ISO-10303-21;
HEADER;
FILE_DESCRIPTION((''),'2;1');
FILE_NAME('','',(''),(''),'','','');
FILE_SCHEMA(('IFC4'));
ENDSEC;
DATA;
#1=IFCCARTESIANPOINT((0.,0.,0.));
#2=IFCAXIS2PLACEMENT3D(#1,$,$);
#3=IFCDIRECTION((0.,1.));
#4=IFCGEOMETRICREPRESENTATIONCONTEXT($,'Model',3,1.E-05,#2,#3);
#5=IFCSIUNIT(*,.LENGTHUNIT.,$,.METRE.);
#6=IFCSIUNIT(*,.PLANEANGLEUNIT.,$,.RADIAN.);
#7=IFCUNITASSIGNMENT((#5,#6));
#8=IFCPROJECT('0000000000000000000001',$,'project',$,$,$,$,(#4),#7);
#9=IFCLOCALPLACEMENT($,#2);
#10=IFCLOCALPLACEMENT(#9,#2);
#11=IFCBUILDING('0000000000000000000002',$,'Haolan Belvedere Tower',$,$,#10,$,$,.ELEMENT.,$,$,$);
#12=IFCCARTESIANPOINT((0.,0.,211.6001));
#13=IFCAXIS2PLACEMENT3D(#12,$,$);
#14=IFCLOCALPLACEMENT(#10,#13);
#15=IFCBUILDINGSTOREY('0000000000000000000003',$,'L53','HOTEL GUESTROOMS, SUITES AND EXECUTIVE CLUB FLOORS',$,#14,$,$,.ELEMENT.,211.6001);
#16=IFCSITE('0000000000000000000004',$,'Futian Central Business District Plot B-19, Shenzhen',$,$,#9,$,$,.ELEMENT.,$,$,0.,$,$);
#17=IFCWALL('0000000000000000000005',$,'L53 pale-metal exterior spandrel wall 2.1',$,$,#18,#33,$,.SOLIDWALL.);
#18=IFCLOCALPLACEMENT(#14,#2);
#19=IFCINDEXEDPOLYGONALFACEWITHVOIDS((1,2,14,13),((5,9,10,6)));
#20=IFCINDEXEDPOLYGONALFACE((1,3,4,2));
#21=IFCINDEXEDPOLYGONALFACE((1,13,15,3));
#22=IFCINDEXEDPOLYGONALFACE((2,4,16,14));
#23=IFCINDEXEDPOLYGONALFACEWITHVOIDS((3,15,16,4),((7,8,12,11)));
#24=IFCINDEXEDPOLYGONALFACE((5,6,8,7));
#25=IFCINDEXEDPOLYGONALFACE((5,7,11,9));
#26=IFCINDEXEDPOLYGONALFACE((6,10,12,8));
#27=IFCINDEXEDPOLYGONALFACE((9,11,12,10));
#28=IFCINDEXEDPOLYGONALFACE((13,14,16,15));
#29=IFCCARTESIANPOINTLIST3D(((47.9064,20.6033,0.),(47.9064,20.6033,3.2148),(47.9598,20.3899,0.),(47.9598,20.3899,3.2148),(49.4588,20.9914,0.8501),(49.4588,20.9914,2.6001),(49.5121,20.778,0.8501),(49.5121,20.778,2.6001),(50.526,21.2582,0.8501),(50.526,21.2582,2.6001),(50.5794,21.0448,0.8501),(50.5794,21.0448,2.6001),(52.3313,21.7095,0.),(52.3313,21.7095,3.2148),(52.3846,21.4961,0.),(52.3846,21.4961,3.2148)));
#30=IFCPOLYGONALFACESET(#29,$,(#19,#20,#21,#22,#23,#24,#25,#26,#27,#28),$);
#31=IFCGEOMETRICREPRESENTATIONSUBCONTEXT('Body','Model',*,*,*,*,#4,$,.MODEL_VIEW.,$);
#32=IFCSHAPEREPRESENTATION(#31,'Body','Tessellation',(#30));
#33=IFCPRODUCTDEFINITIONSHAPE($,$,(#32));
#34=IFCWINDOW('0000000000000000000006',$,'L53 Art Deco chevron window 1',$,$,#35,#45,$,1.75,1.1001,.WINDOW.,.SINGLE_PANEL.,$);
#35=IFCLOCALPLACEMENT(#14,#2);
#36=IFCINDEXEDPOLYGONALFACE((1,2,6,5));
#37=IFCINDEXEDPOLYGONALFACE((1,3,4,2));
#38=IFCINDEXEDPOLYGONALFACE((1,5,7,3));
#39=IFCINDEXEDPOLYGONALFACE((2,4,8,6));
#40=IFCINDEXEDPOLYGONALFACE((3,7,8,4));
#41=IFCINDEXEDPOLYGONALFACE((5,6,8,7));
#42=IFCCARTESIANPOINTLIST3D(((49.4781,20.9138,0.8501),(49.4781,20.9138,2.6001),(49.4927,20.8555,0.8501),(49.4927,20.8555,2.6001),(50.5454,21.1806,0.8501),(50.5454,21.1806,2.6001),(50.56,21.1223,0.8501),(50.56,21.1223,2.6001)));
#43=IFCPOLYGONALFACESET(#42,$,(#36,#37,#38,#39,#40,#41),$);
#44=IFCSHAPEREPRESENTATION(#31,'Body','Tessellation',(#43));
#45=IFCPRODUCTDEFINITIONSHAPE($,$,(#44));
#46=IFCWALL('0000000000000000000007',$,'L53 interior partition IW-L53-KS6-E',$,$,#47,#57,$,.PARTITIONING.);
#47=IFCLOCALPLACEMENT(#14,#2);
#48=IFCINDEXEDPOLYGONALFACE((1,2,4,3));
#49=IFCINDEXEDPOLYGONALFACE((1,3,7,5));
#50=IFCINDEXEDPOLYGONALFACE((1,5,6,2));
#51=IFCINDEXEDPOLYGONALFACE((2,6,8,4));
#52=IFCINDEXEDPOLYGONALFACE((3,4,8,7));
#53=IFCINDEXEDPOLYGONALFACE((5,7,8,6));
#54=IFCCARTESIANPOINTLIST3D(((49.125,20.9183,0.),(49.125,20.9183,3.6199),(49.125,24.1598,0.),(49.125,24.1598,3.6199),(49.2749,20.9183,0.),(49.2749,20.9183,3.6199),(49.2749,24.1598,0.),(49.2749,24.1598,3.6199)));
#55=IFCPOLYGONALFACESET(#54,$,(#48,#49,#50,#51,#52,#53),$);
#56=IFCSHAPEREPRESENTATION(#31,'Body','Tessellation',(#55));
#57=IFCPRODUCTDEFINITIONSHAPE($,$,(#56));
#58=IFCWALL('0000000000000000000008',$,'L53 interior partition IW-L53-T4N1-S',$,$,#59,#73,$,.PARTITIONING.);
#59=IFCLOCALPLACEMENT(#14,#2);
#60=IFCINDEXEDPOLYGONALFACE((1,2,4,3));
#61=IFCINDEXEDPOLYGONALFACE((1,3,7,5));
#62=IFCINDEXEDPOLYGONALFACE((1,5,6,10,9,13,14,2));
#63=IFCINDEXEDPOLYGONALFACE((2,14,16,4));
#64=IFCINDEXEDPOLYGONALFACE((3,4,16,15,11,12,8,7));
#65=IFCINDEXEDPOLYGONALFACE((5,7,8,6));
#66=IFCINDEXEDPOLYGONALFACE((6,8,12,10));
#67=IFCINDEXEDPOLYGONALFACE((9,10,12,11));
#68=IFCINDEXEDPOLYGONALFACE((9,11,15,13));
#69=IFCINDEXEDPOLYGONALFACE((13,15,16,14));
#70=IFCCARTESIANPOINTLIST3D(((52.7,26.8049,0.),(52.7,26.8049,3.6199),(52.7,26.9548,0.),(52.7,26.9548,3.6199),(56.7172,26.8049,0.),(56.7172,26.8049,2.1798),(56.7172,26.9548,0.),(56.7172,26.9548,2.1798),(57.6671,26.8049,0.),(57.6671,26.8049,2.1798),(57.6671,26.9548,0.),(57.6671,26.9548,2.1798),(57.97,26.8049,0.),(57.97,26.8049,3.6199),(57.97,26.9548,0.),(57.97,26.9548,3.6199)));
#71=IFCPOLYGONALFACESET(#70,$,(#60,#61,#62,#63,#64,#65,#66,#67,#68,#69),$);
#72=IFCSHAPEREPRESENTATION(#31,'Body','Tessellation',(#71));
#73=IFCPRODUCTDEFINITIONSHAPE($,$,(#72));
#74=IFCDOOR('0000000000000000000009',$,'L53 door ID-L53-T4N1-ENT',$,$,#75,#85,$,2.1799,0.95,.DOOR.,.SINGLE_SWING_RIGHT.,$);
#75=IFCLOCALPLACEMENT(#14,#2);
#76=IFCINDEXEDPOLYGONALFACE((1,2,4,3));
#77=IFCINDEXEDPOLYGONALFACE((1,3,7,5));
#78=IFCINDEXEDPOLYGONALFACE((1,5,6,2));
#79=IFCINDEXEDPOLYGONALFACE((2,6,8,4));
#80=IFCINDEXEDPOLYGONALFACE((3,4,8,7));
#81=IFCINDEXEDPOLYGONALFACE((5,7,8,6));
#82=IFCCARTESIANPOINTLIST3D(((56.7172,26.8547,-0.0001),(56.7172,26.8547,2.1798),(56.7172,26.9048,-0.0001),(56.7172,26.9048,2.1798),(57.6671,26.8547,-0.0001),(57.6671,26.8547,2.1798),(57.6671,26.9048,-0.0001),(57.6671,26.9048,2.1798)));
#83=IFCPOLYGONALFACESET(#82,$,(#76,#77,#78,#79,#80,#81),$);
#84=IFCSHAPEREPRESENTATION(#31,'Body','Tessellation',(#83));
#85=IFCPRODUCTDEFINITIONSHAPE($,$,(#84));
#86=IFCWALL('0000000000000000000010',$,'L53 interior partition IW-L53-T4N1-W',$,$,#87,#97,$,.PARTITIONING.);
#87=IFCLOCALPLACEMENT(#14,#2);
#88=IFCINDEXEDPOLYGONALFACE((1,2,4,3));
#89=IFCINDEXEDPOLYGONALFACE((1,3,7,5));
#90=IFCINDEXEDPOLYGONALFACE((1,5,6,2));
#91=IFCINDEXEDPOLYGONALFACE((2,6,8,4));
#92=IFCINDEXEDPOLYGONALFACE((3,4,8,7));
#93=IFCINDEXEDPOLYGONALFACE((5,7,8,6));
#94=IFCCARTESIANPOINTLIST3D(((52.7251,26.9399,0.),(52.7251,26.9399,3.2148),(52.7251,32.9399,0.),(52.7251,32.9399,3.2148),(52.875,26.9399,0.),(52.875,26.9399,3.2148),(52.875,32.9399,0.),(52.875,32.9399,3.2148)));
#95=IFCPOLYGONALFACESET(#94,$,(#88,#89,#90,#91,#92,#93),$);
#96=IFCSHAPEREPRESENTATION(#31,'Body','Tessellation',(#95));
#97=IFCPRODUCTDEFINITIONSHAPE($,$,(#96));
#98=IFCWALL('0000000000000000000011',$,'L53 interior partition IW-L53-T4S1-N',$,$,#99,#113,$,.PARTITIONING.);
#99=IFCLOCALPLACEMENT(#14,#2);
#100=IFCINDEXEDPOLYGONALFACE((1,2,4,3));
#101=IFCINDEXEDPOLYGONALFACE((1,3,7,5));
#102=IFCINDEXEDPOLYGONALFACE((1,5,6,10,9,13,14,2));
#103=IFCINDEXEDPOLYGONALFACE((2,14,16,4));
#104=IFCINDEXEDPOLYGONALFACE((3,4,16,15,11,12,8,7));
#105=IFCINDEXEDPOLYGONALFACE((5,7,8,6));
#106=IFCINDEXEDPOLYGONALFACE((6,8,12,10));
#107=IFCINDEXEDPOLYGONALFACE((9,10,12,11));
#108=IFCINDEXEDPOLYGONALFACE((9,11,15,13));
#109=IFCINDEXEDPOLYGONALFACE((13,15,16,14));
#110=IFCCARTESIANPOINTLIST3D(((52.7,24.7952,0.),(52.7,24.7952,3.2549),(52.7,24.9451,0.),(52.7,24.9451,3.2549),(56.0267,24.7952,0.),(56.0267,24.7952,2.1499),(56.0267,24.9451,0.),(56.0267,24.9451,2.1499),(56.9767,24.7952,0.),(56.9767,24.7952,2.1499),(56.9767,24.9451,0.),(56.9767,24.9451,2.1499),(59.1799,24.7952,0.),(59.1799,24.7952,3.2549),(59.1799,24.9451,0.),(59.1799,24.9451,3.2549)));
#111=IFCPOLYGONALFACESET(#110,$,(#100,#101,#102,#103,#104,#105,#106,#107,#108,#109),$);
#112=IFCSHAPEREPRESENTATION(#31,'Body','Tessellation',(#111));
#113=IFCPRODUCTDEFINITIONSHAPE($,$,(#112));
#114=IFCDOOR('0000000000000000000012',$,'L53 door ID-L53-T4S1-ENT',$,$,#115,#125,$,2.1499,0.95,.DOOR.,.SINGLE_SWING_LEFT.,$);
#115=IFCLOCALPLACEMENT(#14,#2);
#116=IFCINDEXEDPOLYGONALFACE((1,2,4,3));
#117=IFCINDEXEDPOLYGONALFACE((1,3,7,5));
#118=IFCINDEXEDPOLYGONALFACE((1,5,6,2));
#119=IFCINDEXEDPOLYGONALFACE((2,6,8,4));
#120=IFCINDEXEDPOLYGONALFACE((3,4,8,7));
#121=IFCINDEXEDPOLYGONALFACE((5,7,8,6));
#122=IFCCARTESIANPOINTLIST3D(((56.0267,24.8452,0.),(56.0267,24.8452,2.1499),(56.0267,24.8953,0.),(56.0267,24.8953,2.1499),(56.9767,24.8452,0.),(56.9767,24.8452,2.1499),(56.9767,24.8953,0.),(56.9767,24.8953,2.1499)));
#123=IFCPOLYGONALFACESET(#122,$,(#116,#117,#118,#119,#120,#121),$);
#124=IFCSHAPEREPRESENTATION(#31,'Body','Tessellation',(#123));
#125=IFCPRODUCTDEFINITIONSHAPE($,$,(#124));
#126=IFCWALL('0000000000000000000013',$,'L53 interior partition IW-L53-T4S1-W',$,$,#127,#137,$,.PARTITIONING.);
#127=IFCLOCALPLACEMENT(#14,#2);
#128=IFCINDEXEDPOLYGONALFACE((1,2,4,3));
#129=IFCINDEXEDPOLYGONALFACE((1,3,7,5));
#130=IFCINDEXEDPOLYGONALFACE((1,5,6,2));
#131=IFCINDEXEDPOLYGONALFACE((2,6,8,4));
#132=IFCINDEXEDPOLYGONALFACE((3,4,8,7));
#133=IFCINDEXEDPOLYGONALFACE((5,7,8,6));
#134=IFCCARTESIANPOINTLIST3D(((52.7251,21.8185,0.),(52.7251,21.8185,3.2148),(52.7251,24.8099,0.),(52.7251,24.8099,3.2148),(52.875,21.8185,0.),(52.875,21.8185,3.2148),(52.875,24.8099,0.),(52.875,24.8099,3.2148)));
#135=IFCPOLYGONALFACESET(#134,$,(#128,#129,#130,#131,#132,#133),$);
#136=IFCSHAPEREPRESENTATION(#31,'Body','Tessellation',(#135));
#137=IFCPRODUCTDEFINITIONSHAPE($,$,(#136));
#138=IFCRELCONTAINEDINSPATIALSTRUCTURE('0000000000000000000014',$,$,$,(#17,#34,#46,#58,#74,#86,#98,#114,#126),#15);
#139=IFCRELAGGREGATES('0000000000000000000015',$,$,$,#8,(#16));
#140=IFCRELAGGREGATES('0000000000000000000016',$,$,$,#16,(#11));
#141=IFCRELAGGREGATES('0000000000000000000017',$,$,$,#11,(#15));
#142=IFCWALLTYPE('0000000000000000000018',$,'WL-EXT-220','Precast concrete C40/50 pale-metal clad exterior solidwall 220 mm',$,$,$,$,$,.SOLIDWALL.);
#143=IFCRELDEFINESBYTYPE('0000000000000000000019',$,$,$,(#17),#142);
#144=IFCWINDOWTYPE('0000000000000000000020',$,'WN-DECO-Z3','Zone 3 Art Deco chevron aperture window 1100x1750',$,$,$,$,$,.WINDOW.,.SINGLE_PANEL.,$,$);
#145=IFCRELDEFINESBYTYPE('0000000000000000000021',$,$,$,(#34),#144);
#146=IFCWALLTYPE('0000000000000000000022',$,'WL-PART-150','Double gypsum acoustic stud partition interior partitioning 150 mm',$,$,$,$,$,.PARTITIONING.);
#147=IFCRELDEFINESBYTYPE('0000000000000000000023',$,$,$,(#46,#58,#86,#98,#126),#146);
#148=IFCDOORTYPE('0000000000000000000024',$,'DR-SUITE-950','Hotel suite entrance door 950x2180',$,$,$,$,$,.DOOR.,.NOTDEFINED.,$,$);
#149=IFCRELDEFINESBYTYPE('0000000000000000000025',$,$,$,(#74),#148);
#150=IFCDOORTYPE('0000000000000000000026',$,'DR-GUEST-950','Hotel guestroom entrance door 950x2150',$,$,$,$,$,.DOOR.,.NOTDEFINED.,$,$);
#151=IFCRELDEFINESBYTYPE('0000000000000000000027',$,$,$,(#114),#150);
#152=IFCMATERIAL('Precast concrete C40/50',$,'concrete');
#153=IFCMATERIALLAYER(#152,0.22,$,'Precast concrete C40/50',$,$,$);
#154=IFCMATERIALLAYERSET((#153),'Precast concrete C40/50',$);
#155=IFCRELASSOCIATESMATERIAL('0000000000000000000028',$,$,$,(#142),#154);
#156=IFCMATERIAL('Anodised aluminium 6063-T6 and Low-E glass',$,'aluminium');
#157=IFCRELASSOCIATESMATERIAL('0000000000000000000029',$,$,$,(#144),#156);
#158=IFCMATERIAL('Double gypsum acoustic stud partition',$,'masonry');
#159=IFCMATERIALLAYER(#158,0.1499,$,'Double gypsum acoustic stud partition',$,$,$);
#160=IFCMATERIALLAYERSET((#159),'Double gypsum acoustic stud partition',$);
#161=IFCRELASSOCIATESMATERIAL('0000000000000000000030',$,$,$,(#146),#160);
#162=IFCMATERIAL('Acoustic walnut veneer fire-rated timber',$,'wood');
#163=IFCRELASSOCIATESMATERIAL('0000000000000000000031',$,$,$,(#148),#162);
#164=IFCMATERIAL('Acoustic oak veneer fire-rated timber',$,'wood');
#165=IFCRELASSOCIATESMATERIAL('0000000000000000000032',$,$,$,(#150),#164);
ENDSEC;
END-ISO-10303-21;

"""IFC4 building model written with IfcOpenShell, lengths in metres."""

from ifc_helpers import new_model, si_unit, direction, frame, frame_2d, origin, place, context, subcontext, project, spatial, rectangle, extrude, material, layer, layer_set, type_object, element, fill, save


model = new_model("IFC4")

# Units and contexts
model_context = context("Model", 3, precision=1e-05, world=origin(), true_north=direction((0.0, 1.0)))
body_context = subcontext(model_context, "Body", "Model", "MODEL_VIEW")
ifc_project = project(units=[si_unit("LENGTHUNIT", "METRE"), si_unit("PLANEANGLEUNIT", "RADIAN")], contexts=[model_context])

# Site, building, storey
site_placement = place(None, origin())
site = spatial("IfcSite", under=ifc_project, at=site_placement, Name="Futian Central Business District Plot B-19, Shenzhen", CompositionType="ELEMENT", RefElevation=0.0)
building_placement = place(site_placement, origin())
building = spatial("IfcBuilding", under=site, at=building_placement, Name="Haolan Belvedere Tower", CompositionType="ELEMENT")
storey_placement = place(building_placement, frame((0.0, 0.0, 211.6001)))
storey = spatial("IfcBuildingStorey", under=building, at=storey_placement, Name="L53", Description="HOTEL GUESTROOMS, SUITES AND EXECUTIVE CLUB FLOORS", CompositionType="ELEMENT", Elevation=211.6001)

# Wall, opening, window
ifc_material_1 = material(Name="Precast concrete C40/50", Category="concrete")
ifc_layer_1 = layer(ifc_material_1, 0.22, Name="Precast concrete C40/50")
ifc_layer_set_1 = layer_set([ifc_layer_1], Name="Precast concrete C40/50")
wall_type_1 = type_object("IfcWallType", Name="WL-EXT-220", Description="Precast concrete C40/50 pale-metal clad exterior solidwall 220 mm", PredefinedType="SOLIDWALL", material=ifc_layer_set_1)
wall_1_placement = place(storey_placement, frame((47.9331, 20.4966, 0.0), z_axis=(0.0, 0.0, 1.0), x_axis=(0.970143, 0.242536, 0.0)))
wall_1 = element("IfcWall", 1, at=wall_1_placement, inside=storey, type_object=wall_type_1, Name="L53 pale-metal exterior spandrel wall 2.1", PredefinedType="SOLIDWALL", context=body_context, shape_type="SweptSolid", body=[
    extrude(rectangle(XDim=4.561, YDim=0.22, at=frame_2d((2.2805, 0.0))), origin(), (0.0, 0.0, 1.0), 3.2148),
])
opening_1_placement = place(wall_1_placement, frame((1.6001, 0.0, 0.8501)))
opening_1 = element("IfcOpeningElement", 2, at=opening_1_placement, cuts=wall_1, PredefinedType="OPENING", context=body_context, shape_type="SweptSolid", body=[
    extrude(rectangle(XDim=1.1001, YDim=1.75, at=frame_2d((0.55, 0.875))), frame((0.0, 0.1199, 0.0), z_axis=(0.0, -1.0, 0.0), x_axis=(1.0, 0.0, 0.0)), (0.0, 0.0, 1.0), 0.24),
])
ifc_material_2 = material(Name="Anodised aluminium 6063-T6 and Low-E glass", Category="aluminium")
window_type = type_object("IfcWindowType", Name="WN-DECO-Z3", Description="Zone 3 Art Deco chevron aperture window 1100x1750", PartitioningType="SINGLE_PANEL", PredefinedType="WINDOW", material=ifc_material_2)
window_placement = place(opening_1_placement, origin())
window = element("IfcWindow", 3, at=window_placement, inside=storey, type_object=window_type, Name="L53 Art Deco chevron window 1", OverallHeight=1.75, OverallWidth=1.1001, PartitioningType="SINGLE_PANEL", PredefinedType="WINDOW", context=body_context, shape_type="SweptSolid", body=[
    extrude(rectangle(XDim=1.1001, YDim=1.75, at=frame_2d((0.55, 0.875))), frame((0.0, 0.03, 0.0), z_axis=(0.0, -1.0, 0.0), x_axis=(1.0, 0.0, 0.0)), (0.0, 0.0, 1.0), 0.0601),
])
fill(opening_1, window)

# Shared definitions
ifc_material_3 = material(Name="Double gypsum acoustic stud partition", Category="masonry")
ifc_layer_2 = layer(ifc_material_3, 0.1499, Name="Double gypsum acoustic stud partition")
ifc_layer_set_2 = layer_set([ifc_layer_2], Name="Double gypsum acoustic stud partition")
wall_type_2 = type_object("IfcWallType", Name="WL-PART-150", Description="Double gypsum acoustic stud partition interior partitioning 150 mm", PredefinedType="PARTITIONING", material=ifc_layer_set_2)

# Wall
wall_2_placement = place(storey_placement, frame((49.2, 20.9185, 0.0), z_axis=(0.0, 0.0, 1.0), x_axis=(0.0, 1.0, 0.0)))
element("IfcWall", 4, at=wall_2_placement, inside=storey, type_object=wall_type_2, Name="L53 interior partition IW-L53-KS6-E", PredefinedType="PARTITIONING", context=body_context, shape_type="SweptSolid", body=[
    extrude(rectangle(XDim=3.2415, YDim=0.1499, at=frame_2d((1.6206, 0.0))), origin(), (0.0, 0.0, 1.0), 3.6199),
])

# Wall, opening, door
wall_3_placement = place(storey_placement, frame((52.7, 26.8799, 0.0), z_axis=(0.0, 0.0, 1.0), x_axis=(1.0, 0.0, 0.0)))
wall_3 = element("IfcWall", 5, at=wall_3_placement, inside=storey, type_object=wall_type_2, Name="L53 interior partition IW-L53-T4N1-S", PredefinedType="PARTITIONING", context=body_context, shape_type="SweptSolid", body=[
    extrude(rectangle(XDim=5.27, YDim=0.1499, at=frame_2d((2.635, 0.0))), origin(), (0.0, 0.0, 1.0), 3.6199),
])
opening_2_placement = place(wall_3_placement, frame((4.0171, 0.0, 0.0)))
opening_2 = element("IfcOpeningElement", 6, at=opening_2_placement, cuts=wall_3, PredefinedType="OPENING", context=body_context, shape_type="SweptSolid", body=[
    extrude(rectangle(XDim=0.95, YDim=2.1799, at=frame_2d((0.4751, 1.0898))), frame((0.0, 0.085, 0.0), z_axis=(0.0, -1.0, 0.0), x_axis=(1.0, 0.0, 0.0)), (0.0, 0.0, 1.0), 0.1699),
])
ifc_material_4 = material(Name="Acoustic walnut veneer fire-rated timber", Category="wood")
door_type_1 = type_object("IfcDoorType", Name="DR-SUITE-950", Description="Hotel suite entrance door 950x2180", OperationType="NOTDEFINED", PredefinedType="DOOR", material=ifc_material_4)
door_1_placement = place(opening_2_placement, origin())
door_1 = element("IfcDoor", 7, at=door_1_placement, inside=storey, type_object=door_type_1, Name="L53 door ID-L53-T4N1-ENT", OperationType="SINGLE_SWING_RIGHT", OverallHeight=2.1799, OverallWidth=0.95, PredefinedType="DOOR", context=body_context, shape_type="SweptSolid", body=[
    extrude(rectangle(XDim=0.95, YDim=2.1799, at=frame_2d((0.4751, 1.0898))), frame((0.0, 0.0249, 0.0), z_axis=(0.0, -1.0, 0.0), x_axis=(1.0, 0.0, 0.0)), (0.0, 0.0, 1.0), 0.05),
])
fill(opening_2, door_1)

# Wall
wall_4_placement = place(storey_placement, frame((52.8, 26.9399, 0.0), z_axis=(0.0, 0.0, 1.0), x_axis=(0.0, 1.0, 0.0)))
element("IfcWall", 8, at=wall_4_placement, inside=storey, type_object=wall_type_2, Name="L53 interior partition IW-L53-T4N1-W", PredefinedType="PARTITIONING", context=body_context, shape_type="SweptSolid", body=[
    extrude(rectangle(XDim=6.0, YDim=0.1499, at=frame_2d((3.0, 0.0))), origin(), (0.0, 0.0, 1.0), 3.2148),
])

# Wall, opening, door
wall_5_placement = place(storey_placement, frame((52.7, 24.8701, 0.0), z_axis=(0.0, 0.0, 1.0), x_axis=(1.0, 0.0, 0.0)))
wall_5 = element("IfcWall", 9, at=wall_5_placement, inside=storey, type_object=wall_type_2, Name="L53 interior partition IW-L53-T4S1-N", PredefinedType="PARTITIONING", context=body_context, shape_type="SweptSolid", body=[
    extrude(rectangle(XDim=6.48, YDim=0.1499, at=frame_2d((3.24, 0.0))), origin(), (0.0, 0.0, 1.0), 3.2549),
])
opening_3_placement = place(wall_5_placement, frame((4.2769, 0.0, 0.0), z_axis=(0.0, 0.0, 1.0), x_axis=(-1.0, 0.0, 0.0)))
opening_3 = element("IfcOpeningElement", 10, at=opening_3_placement, cuts=wall_5, PredefinedType="OPENING", context=body_context, shape_type="SweptSolid", body=[
    extrude(rectangle(XDim=0.95, YDim=2.1499, at=frame_2d((0.4751, 1.075))), frame((0.0, 0.085, 0.0), z_axis=(0.0, -1.0, 0.0), x_axis=(1.0, 0.0, 0.0)), (0.0, 0.0, 1.0), 0.1699),
])
ifc_material_5 = material(Name="Acoustic oak veneer fire-rated timber", Category="wood")
door_type_2 = type_object("IfcDoorType", Name="DR-GUEST-950", Description="Hotel guestroom entrance door 950x2150", OperationType="NOTDEFINED", PredefinedType="DOOR", material=ifc_material_5)
door_2_placement = place(opening_3_placement, origin())
door_2 = element("IfcDoor", 11, at=door_2_placement, inside=storey, type_object=door_type_2, Name="L53 door ID-L53-T4S1-ENT", OperationType="SINGLE_SWING_LEFT", OverallHeight=2.1499, OverallWidth=0.95, PredefinedType="DOOR", context=body_context, shape_type="SweptSolid", body=[
    extrude(rectangle(XDim=0.95, YDim=2.1499, at=frame_2d((0.4751, 1.075))), frame((0.0, 0.0249, 0.0), z_axis=(0.0, -1.0, 0.0), x_axis=(1.0, 0.0, 0.0)), (0.0, 0.0, 1.0), 0.05),
])
fill(opening_3, door_2)

# Wall
wall_6_placement = place(storey_placement, frame((52.8, 21.8186, 0.0), z_axis=(0.0, 0.0, 1.0), x_axis=(0.0, 1.0, 0.0)))
element("IfcWall", 12, at=wall_6_placement, inside=storey, type_object=wall_type_2, Name="L53 interior partition IW-L53-T4S1-W", PredefinedType="PARTITIONING", context=body_context, shape_type="SweptSolid", body=[
    extrude(rectangle(XDim=2.9915, YDim=0.1499, at=frame_2d((1.4956, 0.0))), origin(), (0.0, 0.0, 1.0), 3.2148),
])

save(model, "model.ifc")
